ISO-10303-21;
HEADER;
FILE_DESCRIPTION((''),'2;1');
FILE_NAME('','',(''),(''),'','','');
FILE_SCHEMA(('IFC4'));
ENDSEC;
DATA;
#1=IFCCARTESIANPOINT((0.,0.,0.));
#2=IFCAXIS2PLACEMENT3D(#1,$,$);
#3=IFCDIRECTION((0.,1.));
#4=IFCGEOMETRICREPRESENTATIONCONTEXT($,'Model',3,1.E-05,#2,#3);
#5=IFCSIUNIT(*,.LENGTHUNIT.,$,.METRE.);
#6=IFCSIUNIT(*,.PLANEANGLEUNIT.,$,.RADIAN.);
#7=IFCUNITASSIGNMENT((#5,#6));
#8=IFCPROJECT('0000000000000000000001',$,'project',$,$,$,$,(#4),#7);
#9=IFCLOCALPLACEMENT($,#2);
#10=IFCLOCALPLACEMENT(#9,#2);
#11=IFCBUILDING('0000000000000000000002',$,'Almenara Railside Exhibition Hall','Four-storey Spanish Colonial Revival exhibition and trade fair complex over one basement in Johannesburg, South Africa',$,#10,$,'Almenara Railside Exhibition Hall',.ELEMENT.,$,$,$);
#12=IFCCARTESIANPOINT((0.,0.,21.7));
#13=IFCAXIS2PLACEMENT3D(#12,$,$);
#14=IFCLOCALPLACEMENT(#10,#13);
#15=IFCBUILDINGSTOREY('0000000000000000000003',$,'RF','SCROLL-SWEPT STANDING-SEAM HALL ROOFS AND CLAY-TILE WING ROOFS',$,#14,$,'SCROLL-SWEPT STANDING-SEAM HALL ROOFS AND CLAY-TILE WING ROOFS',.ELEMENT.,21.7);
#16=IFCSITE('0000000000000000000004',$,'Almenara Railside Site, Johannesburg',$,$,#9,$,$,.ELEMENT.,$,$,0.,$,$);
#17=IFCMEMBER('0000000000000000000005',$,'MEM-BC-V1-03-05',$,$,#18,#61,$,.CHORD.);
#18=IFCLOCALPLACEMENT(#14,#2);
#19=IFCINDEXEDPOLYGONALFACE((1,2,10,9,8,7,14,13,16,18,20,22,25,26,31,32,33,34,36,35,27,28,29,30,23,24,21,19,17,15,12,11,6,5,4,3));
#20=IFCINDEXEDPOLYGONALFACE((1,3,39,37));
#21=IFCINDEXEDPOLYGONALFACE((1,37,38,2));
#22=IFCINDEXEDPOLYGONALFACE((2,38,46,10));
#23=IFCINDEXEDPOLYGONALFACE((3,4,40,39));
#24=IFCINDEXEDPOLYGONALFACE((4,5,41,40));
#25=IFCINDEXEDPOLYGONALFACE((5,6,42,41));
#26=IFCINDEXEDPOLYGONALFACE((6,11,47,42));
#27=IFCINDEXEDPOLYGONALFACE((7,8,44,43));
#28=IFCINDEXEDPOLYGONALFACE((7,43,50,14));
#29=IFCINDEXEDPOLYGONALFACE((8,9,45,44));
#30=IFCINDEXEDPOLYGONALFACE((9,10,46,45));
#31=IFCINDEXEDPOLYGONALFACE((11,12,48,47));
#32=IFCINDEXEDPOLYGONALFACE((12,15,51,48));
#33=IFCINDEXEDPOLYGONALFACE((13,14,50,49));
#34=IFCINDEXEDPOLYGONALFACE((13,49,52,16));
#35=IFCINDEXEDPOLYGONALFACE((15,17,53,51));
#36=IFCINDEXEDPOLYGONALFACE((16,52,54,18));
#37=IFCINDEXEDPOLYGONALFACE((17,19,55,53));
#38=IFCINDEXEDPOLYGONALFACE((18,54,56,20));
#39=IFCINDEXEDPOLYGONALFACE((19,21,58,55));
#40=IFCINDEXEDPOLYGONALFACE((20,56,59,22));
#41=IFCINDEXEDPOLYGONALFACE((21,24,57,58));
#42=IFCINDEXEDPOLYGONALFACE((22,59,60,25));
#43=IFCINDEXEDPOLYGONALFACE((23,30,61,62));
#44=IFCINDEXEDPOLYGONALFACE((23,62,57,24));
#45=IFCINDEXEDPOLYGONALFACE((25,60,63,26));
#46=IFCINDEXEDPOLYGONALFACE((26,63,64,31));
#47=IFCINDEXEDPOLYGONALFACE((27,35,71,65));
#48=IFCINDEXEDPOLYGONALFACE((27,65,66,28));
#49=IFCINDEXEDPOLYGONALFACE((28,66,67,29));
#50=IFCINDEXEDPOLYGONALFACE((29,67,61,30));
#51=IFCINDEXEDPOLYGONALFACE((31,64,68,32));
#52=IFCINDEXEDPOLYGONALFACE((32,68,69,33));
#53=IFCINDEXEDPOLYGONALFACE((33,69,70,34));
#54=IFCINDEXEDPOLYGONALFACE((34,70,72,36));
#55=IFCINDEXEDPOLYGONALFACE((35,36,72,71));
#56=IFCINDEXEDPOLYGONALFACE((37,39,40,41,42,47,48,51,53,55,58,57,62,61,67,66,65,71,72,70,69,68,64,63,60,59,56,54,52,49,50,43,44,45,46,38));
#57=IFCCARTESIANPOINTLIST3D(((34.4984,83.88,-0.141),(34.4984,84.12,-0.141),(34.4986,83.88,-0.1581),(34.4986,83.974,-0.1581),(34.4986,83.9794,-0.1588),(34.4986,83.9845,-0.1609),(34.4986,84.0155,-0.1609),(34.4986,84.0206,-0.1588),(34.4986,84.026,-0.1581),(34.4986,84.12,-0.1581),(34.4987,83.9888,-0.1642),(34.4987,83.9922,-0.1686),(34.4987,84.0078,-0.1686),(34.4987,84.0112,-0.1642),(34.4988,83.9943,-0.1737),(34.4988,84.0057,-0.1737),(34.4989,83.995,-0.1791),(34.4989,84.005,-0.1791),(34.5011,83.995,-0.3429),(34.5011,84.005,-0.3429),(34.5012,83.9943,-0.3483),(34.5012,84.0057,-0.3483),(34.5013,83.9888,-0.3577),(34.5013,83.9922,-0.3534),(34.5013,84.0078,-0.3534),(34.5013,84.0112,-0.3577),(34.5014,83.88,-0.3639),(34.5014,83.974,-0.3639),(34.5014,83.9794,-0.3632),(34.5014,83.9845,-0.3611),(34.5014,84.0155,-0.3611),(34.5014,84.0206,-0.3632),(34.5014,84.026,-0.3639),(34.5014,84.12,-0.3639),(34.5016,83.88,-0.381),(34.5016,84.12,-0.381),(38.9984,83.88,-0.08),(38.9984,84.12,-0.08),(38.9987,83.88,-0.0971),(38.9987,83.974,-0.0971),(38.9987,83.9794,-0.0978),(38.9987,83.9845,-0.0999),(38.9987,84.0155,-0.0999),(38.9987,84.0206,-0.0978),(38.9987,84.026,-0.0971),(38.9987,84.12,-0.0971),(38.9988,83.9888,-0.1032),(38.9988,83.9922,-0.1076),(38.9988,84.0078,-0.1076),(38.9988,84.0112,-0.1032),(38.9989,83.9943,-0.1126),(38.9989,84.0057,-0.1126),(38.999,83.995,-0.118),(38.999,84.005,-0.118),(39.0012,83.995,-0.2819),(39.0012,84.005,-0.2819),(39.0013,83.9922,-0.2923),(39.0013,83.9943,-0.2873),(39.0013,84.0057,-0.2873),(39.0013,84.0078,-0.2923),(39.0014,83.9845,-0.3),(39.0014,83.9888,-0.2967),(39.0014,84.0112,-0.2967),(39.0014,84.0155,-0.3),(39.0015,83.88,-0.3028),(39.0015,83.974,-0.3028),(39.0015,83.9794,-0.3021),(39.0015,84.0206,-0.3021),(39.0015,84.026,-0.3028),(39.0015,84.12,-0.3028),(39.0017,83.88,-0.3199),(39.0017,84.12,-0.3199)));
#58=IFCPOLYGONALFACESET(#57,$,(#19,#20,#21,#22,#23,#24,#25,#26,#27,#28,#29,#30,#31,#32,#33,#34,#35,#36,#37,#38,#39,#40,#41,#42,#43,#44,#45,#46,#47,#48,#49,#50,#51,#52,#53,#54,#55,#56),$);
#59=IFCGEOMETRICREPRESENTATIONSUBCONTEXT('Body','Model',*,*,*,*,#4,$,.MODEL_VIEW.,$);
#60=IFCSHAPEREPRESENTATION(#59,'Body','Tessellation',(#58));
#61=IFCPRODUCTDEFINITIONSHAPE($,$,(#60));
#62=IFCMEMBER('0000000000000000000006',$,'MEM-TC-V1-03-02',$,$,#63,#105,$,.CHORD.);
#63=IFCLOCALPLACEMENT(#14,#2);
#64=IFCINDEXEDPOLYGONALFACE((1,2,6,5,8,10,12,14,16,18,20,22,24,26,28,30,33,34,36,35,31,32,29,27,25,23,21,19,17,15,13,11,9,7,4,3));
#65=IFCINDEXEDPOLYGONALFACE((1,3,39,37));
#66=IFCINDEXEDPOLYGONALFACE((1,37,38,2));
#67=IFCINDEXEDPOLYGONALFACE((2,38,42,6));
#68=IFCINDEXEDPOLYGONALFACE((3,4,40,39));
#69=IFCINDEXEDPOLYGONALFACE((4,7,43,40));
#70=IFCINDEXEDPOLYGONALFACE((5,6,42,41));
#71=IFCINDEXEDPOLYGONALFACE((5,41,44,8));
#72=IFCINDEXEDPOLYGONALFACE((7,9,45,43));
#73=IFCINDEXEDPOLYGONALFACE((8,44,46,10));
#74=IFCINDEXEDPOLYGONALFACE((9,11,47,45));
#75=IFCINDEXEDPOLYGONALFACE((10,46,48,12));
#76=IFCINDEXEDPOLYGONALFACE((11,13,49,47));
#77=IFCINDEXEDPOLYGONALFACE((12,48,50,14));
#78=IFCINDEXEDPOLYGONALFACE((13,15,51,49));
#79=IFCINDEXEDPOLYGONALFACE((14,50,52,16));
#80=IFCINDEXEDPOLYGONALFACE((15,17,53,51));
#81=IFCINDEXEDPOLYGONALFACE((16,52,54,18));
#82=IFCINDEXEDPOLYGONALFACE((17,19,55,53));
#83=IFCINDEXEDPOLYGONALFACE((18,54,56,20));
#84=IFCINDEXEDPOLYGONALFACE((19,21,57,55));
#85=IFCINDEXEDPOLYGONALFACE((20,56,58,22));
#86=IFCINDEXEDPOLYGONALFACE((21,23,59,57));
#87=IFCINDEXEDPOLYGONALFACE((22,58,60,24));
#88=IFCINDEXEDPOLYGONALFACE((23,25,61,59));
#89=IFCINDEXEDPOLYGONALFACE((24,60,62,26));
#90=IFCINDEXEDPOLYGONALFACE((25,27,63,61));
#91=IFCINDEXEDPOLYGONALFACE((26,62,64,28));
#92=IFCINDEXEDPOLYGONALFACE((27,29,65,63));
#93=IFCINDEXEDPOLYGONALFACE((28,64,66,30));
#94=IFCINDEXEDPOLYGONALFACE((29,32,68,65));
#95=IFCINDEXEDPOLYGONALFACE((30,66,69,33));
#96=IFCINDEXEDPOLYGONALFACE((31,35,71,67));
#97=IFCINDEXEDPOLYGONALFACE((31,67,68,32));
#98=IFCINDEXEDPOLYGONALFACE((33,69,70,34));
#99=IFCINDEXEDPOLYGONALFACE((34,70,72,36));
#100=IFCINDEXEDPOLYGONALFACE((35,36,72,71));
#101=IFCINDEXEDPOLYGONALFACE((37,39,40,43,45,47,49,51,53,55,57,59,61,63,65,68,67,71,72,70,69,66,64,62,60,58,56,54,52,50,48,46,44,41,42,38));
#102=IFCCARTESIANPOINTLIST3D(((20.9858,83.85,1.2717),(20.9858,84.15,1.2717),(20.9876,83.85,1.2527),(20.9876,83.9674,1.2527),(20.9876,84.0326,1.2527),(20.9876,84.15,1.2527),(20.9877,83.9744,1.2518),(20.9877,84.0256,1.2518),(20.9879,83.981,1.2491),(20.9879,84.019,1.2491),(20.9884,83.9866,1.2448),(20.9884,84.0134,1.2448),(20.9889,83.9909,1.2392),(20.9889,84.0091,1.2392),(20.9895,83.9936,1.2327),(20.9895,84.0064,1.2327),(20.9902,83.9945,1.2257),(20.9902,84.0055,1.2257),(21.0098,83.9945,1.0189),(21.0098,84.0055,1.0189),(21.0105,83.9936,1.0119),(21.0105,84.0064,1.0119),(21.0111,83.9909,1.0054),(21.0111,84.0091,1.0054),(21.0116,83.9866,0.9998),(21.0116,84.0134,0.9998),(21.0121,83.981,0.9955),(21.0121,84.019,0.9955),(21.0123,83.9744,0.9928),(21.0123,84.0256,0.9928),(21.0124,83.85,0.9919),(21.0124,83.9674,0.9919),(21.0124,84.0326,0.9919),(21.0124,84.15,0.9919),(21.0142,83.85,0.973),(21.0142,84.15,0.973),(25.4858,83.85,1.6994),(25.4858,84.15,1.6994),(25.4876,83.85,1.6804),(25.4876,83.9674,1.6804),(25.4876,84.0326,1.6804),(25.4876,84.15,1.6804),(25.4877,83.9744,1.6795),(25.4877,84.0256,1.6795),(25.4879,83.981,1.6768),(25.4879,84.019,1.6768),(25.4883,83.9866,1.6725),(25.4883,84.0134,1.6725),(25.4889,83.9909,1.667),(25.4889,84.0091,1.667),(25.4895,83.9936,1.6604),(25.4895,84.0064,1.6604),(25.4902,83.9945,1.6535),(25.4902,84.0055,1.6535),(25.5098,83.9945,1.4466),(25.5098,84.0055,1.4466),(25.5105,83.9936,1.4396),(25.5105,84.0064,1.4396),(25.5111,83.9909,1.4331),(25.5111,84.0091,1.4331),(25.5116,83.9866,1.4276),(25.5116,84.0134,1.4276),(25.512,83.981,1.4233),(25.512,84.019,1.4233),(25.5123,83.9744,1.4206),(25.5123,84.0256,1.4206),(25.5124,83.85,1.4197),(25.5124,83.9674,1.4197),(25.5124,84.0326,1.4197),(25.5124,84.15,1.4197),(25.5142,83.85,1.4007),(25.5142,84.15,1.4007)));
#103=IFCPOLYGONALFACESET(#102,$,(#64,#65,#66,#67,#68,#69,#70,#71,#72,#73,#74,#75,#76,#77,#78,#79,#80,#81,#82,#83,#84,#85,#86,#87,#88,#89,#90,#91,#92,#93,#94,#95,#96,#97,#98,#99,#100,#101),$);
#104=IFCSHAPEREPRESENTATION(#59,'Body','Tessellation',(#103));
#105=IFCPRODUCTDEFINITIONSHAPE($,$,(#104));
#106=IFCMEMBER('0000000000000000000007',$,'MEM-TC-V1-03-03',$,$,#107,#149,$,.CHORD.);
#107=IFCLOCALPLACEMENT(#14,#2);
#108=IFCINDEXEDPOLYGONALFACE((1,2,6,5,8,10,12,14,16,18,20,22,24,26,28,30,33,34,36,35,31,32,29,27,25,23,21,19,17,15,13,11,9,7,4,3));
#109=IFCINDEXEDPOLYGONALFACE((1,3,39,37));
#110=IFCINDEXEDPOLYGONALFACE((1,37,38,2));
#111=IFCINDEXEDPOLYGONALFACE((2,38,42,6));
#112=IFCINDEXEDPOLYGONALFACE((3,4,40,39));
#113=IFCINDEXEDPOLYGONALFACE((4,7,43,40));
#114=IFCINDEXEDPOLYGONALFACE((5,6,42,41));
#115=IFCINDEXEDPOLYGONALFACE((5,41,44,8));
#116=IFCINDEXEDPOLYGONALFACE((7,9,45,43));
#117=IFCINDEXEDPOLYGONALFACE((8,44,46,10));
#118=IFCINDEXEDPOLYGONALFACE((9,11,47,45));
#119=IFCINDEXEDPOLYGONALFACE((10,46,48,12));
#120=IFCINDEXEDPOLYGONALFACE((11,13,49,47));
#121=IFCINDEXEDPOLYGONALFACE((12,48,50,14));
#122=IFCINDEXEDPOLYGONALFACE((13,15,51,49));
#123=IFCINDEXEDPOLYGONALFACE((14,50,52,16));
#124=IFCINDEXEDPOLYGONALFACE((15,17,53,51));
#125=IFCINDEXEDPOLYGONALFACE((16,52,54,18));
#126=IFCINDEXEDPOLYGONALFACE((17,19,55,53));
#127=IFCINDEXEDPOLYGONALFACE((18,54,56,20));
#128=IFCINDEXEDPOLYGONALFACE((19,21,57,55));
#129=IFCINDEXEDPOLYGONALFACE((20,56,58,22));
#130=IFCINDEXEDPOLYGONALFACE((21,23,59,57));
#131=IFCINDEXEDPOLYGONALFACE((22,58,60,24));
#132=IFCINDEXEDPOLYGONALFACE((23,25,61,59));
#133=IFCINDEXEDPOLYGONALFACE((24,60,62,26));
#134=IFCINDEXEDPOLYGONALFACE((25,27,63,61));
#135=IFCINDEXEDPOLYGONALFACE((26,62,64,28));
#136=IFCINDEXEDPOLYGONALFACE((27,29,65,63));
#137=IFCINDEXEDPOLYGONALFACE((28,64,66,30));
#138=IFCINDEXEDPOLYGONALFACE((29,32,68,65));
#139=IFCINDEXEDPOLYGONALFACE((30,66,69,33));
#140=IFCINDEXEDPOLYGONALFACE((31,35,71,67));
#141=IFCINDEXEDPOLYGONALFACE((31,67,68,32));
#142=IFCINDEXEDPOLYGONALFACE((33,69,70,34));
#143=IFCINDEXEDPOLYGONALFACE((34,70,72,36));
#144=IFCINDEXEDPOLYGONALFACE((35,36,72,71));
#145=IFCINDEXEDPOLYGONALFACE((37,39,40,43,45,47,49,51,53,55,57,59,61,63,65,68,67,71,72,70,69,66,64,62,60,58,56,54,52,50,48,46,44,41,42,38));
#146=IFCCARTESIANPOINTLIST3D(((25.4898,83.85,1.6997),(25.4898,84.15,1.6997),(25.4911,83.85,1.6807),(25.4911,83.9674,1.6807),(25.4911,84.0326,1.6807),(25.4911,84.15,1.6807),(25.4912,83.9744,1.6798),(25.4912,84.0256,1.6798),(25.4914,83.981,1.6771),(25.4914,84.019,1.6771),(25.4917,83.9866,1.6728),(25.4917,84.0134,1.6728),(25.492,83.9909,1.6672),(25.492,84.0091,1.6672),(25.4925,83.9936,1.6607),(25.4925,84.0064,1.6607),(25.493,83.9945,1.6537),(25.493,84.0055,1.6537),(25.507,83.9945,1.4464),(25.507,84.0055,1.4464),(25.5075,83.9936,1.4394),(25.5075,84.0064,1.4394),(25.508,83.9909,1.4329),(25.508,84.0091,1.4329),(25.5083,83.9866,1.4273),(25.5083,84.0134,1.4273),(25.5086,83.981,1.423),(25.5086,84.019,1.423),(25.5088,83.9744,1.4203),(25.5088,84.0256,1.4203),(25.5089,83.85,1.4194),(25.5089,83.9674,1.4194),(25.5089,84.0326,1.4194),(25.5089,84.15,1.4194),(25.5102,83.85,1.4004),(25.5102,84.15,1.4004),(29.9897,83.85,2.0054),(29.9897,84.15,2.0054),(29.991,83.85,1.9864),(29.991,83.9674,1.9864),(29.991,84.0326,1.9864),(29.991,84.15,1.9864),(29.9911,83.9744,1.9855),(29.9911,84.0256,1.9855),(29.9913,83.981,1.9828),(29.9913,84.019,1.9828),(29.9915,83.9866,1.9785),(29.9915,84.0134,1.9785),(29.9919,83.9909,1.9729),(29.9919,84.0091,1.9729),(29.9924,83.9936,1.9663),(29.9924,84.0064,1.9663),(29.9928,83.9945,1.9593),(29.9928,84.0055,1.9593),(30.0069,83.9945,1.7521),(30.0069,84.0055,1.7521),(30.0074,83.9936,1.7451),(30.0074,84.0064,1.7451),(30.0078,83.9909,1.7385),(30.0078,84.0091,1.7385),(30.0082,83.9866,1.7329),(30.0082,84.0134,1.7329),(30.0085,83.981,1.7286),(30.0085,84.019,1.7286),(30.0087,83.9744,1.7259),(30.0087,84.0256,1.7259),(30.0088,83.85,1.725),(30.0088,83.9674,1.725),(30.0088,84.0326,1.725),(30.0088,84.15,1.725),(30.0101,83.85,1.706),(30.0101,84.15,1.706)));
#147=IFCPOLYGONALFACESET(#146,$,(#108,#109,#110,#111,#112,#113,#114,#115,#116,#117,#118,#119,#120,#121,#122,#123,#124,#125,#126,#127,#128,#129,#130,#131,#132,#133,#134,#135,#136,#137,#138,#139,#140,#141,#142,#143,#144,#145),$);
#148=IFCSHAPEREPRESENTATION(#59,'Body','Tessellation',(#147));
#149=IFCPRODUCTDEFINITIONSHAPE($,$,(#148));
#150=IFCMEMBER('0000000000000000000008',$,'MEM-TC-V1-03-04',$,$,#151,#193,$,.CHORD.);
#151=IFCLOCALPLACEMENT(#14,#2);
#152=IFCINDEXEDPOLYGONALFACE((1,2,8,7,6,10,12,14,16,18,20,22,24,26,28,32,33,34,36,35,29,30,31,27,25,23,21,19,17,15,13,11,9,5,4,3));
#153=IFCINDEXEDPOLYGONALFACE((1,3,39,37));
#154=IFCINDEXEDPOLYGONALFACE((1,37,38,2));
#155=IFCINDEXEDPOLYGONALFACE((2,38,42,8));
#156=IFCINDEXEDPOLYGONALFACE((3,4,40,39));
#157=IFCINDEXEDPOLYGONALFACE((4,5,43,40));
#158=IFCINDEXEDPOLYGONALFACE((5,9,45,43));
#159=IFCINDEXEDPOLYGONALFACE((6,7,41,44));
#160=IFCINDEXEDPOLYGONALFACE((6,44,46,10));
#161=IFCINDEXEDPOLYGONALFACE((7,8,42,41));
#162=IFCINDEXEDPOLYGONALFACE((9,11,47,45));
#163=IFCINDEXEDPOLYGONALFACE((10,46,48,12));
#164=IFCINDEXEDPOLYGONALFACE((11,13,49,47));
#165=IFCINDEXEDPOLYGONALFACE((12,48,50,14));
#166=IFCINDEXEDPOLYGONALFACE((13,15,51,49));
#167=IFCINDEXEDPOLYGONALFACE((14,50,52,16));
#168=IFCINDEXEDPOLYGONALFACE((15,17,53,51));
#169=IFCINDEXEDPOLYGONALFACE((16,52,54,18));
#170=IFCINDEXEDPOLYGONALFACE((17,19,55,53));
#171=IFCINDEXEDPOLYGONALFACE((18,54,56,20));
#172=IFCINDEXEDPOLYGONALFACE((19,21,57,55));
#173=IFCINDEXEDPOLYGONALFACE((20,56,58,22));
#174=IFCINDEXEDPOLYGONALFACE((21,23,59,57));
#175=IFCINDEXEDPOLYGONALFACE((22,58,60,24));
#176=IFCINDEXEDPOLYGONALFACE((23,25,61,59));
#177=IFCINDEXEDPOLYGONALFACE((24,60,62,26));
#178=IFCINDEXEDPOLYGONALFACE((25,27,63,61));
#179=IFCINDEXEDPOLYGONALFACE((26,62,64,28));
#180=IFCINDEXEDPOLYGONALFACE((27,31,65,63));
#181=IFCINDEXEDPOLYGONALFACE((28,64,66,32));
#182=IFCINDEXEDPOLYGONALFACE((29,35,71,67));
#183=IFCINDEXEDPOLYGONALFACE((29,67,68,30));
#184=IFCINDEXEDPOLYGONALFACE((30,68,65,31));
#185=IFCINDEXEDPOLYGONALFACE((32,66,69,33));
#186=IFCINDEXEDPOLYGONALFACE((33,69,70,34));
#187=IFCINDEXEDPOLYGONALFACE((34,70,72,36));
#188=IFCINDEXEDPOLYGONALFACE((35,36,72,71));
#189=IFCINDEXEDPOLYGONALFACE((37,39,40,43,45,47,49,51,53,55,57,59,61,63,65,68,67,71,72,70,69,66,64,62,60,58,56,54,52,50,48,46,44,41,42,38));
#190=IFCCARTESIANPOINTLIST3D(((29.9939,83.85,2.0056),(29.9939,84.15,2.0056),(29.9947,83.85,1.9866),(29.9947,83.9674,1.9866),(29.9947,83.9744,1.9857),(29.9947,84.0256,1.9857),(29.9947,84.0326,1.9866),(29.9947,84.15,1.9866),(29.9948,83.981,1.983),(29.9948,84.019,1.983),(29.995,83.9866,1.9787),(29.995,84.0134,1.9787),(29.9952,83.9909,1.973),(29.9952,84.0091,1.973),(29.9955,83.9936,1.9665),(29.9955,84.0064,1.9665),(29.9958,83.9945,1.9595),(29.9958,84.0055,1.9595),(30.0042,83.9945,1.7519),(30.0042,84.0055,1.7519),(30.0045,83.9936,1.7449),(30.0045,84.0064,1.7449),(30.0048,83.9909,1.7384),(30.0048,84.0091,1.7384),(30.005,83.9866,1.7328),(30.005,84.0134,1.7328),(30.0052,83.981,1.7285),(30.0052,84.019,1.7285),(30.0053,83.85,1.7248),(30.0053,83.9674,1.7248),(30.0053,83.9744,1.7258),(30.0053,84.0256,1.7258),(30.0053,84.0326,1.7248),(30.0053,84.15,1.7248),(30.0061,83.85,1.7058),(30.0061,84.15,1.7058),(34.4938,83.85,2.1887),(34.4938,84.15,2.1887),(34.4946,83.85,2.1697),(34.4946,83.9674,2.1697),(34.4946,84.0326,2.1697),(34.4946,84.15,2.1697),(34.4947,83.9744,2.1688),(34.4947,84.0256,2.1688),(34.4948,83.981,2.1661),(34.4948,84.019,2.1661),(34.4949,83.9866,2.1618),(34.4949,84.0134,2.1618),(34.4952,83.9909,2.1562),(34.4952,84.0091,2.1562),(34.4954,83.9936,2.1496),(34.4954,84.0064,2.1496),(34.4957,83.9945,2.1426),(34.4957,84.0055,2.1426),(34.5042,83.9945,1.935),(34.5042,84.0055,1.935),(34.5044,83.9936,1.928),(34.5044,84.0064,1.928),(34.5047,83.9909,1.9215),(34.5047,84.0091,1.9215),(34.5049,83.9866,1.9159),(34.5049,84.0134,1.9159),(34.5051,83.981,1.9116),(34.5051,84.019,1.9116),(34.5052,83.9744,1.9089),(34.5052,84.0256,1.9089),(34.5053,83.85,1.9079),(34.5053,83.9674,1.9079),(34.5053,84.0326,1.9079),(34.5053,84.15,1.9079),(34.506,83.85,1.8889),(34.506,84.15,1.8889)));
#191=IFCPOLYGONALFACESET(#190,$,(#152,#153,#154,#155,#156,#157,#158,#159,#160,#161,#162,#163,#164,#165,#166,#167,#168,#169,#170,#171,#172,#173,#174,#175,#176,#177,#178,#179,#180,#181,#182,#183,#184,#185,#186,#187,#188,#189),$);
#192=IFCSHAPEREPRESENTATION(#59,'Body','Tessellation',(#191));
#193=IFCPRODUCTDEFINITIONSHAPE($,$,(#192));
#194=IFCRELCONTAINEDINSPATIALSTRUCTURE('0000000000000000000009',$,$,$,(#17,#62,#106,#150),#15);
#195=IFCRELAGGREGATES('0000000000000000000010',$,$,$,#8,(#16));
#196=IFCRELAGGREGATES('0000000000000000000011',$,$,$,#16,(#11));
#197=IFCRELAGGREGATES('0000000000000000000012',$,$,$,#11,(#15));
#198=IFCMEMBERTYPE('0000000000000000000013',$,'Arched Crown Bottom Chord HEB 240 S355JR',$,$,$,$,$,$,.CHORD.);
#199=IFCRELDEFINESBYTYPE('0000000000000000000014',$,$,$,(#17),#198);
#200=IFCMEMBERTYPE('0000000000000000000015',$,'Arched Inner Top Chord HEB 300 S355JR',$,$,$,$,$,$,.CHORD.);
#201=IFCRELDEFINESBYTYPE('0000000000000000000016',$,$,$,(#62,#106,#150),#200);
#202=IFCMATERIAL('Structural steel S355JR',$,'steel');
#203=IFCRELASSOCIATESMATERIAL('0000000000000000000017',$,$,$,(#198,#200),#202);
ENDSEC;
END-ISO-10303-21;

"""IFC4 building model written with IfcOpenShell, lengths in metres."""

from ifc_helpers import new_model, si_unit, direction, frame, origin, origin_2d, place, context, subcontext, project, spatial, i_section, extrude, material, material_profile, profile_set, type_object, element, save


model = new_model("IFC4")

# Units and contexts
model_context = context("Model", 3, precision=1e-05, world=origin(), true_north=direction((0.0, 1.0)))
body_context = subcontext(model_context, "Body", "Model", "MODEL_VIEW")
ifc_project = project(units=[si_unit("LENGTHUNIT", "METRE"), si_unit("PLANEANGLEUNIT", "RADIAN")], contexts=[model_context])

# Site, building, storey
site_placement = place(None, origin())
site = spatial("IfcSite", under=ifc_project, at=site_placement, Name="Almenara Railside Site, Johannesburg", CompositionType="ELEMENT", RefElevation=0.0)
building_placement = place(site_placement, origin())
building = spatial("IfcBuilding", under=site, at=building_placement, Name="Almenara Railside Exhibition Hall", Description="Four-storey Spanish Colonial Revival exhibition and trade fair complex over one basement in Johannesburg, South Africa", LongName="Almenara Railside Exhibition Hall", CompositionType="ELEMENT")
storey_placement = place(building_placement, frame((0.0, 0.0, 21.7)))
storey = spatial("IfcBuildingStorey", under=building, at=storey_placement, Name="RF", Description="SCROLL-SWEPT STANDING-SEAM HALL ROOFS AND CLAY-TILE WING ROOFS", LongName="SCROLL-SWEPT STANDING-SEAM HALL ROOFS AND CLAY-TILE WING ROOFS", CompositionType="ELEMENT", Elevation=21.7)

# Members
ifc_material_1 = material(Name="Structural steel S355JR", Category="steel")
ifc_material_profile_1 = material_profile(ifc_material_1, i_section(OverallWidth=0.24, OverallDepth=0.24, WebThickness=0.01, FlangeThickness=0.0171, FilletRadius=0.021, at=origin_2d()), Name="HEB 240")
ifc_profile_set_1 = profile_set([ifc_material_profile_1], Name="Structural steel S355JR")
member_type_1 = type_object("IfcMemberType", Name="Arched Crown Bottom Chord HEB 240 S355JR", PredefinedType="CHORD", material=ifc_profile_set_1)
member_1_placement = place(storey_placement, frame((34.5, 84.0, -0.261), z_axis=(0.999908, 0.0, 0.013562), x_axis=(0.0, 1.0, 0.0)))
element("IfcMember", 1, at=member_1_placement, inside=storey, type_object=member_type_1, Name="MEM-BC-V1-03-05", PredefinedType="CHORD", context=body_context, shape_type="SweptSolid", body=[
    extrude(i_section(OverallWidth=0.24, OverallDepth=0.24, WebThickness=0.01, FlangeThickness=0.0171, FilletRadius=0.021, at=origin_2d()), origin(), (0.0, 0.0, 1.0), 4.5005),
])
ifc_material_profile_2 = material_profile(ifc_material_1, i_section(OverallWidth=0.3, OverallDepth=0.3, WebThickness=0.011, FlangeThickness=0.019, FilletRadius=0.0271, at=origin_2d()), Name="HEB 300")
ifc_profile_set_2 = profile_set([ifc_material_profile_2], Name="Structural steel S355JR")
member_type_2 = type_object("IfcMemberType", Name="Arched Inner Top Chord HEB 300 S355JR", PredefinedType="CHORD", material=ifc_profile_set_2)
member_2_placement = place(storey_placement, frame((21.0, 84.0, 1.1223), z_axis=(0.995513, 0.0, 0.094626), x_axis=(0.0, 1.0, 0.0)))
element("IfcMember", 2, at=member_2_placement, inside=storey, type_object=member_type_2, Name="MEM-TC-V1-03-02", PredefinedType="CHORD", context=body_context, shape_type="SweptSolid", body=[
    extrude(i_section(OverallWidth=0.3, OverallDepth=0.3, WebThickness=0.011, FlangeThickness=0.019, FilletRadius=0.0271, at=origin_2d()), origin(), (0.0, 0.0, 1.0), 4.5203),
])
member_3_placement = place(storey_placement, frame((25.5, 84.0, 1.55), z_axis=(0.997701, 0.0, 0.067769), x_axis=(0.0, 1.0, 0.0)))
element("IfcMember", 3, at=member_3_placement, inside=storey, type_object=member_type_2, Name="MEM-TC-V1-03-03", PredefinedType="CHORD", context=body_context, shape_type="SweptSolid", body=[
    extrude(i_section(OverallWidth=0.3, OverallDepth=0.3, WebThickness=0.011, FlangeThickness=0.019, FilletRadius=0.0271, at=origin_2d()), origin(), (0.0, 0.0, 1.0), 4.5103),
])
member_4_placement = place(storey_placement, frame((30.0, 84.0, 1.8557), z_axis=(0.999173, 0.0, 0.040656), x_axis=(0.0, 1.0, 0.0)))
element("IfcMember", 4, at=member_4_placement, inside=storey, type_object=member_type_2, Name="MEM-TC-V1-03-04", PredefinedType="CHORD", context=body_context, shape_type="SweptSolid", body=[
    extrude(i_section(OverallWidth=0.3, OverallDepth=0.3, WebThickness=0.011, FlangeThickness=0.019, FilletRadius=0.0271, at=origin_2d()), origin(), (0.0, 0.0, 1.0), 4.5037),
])

save(model, "model.ifc")
